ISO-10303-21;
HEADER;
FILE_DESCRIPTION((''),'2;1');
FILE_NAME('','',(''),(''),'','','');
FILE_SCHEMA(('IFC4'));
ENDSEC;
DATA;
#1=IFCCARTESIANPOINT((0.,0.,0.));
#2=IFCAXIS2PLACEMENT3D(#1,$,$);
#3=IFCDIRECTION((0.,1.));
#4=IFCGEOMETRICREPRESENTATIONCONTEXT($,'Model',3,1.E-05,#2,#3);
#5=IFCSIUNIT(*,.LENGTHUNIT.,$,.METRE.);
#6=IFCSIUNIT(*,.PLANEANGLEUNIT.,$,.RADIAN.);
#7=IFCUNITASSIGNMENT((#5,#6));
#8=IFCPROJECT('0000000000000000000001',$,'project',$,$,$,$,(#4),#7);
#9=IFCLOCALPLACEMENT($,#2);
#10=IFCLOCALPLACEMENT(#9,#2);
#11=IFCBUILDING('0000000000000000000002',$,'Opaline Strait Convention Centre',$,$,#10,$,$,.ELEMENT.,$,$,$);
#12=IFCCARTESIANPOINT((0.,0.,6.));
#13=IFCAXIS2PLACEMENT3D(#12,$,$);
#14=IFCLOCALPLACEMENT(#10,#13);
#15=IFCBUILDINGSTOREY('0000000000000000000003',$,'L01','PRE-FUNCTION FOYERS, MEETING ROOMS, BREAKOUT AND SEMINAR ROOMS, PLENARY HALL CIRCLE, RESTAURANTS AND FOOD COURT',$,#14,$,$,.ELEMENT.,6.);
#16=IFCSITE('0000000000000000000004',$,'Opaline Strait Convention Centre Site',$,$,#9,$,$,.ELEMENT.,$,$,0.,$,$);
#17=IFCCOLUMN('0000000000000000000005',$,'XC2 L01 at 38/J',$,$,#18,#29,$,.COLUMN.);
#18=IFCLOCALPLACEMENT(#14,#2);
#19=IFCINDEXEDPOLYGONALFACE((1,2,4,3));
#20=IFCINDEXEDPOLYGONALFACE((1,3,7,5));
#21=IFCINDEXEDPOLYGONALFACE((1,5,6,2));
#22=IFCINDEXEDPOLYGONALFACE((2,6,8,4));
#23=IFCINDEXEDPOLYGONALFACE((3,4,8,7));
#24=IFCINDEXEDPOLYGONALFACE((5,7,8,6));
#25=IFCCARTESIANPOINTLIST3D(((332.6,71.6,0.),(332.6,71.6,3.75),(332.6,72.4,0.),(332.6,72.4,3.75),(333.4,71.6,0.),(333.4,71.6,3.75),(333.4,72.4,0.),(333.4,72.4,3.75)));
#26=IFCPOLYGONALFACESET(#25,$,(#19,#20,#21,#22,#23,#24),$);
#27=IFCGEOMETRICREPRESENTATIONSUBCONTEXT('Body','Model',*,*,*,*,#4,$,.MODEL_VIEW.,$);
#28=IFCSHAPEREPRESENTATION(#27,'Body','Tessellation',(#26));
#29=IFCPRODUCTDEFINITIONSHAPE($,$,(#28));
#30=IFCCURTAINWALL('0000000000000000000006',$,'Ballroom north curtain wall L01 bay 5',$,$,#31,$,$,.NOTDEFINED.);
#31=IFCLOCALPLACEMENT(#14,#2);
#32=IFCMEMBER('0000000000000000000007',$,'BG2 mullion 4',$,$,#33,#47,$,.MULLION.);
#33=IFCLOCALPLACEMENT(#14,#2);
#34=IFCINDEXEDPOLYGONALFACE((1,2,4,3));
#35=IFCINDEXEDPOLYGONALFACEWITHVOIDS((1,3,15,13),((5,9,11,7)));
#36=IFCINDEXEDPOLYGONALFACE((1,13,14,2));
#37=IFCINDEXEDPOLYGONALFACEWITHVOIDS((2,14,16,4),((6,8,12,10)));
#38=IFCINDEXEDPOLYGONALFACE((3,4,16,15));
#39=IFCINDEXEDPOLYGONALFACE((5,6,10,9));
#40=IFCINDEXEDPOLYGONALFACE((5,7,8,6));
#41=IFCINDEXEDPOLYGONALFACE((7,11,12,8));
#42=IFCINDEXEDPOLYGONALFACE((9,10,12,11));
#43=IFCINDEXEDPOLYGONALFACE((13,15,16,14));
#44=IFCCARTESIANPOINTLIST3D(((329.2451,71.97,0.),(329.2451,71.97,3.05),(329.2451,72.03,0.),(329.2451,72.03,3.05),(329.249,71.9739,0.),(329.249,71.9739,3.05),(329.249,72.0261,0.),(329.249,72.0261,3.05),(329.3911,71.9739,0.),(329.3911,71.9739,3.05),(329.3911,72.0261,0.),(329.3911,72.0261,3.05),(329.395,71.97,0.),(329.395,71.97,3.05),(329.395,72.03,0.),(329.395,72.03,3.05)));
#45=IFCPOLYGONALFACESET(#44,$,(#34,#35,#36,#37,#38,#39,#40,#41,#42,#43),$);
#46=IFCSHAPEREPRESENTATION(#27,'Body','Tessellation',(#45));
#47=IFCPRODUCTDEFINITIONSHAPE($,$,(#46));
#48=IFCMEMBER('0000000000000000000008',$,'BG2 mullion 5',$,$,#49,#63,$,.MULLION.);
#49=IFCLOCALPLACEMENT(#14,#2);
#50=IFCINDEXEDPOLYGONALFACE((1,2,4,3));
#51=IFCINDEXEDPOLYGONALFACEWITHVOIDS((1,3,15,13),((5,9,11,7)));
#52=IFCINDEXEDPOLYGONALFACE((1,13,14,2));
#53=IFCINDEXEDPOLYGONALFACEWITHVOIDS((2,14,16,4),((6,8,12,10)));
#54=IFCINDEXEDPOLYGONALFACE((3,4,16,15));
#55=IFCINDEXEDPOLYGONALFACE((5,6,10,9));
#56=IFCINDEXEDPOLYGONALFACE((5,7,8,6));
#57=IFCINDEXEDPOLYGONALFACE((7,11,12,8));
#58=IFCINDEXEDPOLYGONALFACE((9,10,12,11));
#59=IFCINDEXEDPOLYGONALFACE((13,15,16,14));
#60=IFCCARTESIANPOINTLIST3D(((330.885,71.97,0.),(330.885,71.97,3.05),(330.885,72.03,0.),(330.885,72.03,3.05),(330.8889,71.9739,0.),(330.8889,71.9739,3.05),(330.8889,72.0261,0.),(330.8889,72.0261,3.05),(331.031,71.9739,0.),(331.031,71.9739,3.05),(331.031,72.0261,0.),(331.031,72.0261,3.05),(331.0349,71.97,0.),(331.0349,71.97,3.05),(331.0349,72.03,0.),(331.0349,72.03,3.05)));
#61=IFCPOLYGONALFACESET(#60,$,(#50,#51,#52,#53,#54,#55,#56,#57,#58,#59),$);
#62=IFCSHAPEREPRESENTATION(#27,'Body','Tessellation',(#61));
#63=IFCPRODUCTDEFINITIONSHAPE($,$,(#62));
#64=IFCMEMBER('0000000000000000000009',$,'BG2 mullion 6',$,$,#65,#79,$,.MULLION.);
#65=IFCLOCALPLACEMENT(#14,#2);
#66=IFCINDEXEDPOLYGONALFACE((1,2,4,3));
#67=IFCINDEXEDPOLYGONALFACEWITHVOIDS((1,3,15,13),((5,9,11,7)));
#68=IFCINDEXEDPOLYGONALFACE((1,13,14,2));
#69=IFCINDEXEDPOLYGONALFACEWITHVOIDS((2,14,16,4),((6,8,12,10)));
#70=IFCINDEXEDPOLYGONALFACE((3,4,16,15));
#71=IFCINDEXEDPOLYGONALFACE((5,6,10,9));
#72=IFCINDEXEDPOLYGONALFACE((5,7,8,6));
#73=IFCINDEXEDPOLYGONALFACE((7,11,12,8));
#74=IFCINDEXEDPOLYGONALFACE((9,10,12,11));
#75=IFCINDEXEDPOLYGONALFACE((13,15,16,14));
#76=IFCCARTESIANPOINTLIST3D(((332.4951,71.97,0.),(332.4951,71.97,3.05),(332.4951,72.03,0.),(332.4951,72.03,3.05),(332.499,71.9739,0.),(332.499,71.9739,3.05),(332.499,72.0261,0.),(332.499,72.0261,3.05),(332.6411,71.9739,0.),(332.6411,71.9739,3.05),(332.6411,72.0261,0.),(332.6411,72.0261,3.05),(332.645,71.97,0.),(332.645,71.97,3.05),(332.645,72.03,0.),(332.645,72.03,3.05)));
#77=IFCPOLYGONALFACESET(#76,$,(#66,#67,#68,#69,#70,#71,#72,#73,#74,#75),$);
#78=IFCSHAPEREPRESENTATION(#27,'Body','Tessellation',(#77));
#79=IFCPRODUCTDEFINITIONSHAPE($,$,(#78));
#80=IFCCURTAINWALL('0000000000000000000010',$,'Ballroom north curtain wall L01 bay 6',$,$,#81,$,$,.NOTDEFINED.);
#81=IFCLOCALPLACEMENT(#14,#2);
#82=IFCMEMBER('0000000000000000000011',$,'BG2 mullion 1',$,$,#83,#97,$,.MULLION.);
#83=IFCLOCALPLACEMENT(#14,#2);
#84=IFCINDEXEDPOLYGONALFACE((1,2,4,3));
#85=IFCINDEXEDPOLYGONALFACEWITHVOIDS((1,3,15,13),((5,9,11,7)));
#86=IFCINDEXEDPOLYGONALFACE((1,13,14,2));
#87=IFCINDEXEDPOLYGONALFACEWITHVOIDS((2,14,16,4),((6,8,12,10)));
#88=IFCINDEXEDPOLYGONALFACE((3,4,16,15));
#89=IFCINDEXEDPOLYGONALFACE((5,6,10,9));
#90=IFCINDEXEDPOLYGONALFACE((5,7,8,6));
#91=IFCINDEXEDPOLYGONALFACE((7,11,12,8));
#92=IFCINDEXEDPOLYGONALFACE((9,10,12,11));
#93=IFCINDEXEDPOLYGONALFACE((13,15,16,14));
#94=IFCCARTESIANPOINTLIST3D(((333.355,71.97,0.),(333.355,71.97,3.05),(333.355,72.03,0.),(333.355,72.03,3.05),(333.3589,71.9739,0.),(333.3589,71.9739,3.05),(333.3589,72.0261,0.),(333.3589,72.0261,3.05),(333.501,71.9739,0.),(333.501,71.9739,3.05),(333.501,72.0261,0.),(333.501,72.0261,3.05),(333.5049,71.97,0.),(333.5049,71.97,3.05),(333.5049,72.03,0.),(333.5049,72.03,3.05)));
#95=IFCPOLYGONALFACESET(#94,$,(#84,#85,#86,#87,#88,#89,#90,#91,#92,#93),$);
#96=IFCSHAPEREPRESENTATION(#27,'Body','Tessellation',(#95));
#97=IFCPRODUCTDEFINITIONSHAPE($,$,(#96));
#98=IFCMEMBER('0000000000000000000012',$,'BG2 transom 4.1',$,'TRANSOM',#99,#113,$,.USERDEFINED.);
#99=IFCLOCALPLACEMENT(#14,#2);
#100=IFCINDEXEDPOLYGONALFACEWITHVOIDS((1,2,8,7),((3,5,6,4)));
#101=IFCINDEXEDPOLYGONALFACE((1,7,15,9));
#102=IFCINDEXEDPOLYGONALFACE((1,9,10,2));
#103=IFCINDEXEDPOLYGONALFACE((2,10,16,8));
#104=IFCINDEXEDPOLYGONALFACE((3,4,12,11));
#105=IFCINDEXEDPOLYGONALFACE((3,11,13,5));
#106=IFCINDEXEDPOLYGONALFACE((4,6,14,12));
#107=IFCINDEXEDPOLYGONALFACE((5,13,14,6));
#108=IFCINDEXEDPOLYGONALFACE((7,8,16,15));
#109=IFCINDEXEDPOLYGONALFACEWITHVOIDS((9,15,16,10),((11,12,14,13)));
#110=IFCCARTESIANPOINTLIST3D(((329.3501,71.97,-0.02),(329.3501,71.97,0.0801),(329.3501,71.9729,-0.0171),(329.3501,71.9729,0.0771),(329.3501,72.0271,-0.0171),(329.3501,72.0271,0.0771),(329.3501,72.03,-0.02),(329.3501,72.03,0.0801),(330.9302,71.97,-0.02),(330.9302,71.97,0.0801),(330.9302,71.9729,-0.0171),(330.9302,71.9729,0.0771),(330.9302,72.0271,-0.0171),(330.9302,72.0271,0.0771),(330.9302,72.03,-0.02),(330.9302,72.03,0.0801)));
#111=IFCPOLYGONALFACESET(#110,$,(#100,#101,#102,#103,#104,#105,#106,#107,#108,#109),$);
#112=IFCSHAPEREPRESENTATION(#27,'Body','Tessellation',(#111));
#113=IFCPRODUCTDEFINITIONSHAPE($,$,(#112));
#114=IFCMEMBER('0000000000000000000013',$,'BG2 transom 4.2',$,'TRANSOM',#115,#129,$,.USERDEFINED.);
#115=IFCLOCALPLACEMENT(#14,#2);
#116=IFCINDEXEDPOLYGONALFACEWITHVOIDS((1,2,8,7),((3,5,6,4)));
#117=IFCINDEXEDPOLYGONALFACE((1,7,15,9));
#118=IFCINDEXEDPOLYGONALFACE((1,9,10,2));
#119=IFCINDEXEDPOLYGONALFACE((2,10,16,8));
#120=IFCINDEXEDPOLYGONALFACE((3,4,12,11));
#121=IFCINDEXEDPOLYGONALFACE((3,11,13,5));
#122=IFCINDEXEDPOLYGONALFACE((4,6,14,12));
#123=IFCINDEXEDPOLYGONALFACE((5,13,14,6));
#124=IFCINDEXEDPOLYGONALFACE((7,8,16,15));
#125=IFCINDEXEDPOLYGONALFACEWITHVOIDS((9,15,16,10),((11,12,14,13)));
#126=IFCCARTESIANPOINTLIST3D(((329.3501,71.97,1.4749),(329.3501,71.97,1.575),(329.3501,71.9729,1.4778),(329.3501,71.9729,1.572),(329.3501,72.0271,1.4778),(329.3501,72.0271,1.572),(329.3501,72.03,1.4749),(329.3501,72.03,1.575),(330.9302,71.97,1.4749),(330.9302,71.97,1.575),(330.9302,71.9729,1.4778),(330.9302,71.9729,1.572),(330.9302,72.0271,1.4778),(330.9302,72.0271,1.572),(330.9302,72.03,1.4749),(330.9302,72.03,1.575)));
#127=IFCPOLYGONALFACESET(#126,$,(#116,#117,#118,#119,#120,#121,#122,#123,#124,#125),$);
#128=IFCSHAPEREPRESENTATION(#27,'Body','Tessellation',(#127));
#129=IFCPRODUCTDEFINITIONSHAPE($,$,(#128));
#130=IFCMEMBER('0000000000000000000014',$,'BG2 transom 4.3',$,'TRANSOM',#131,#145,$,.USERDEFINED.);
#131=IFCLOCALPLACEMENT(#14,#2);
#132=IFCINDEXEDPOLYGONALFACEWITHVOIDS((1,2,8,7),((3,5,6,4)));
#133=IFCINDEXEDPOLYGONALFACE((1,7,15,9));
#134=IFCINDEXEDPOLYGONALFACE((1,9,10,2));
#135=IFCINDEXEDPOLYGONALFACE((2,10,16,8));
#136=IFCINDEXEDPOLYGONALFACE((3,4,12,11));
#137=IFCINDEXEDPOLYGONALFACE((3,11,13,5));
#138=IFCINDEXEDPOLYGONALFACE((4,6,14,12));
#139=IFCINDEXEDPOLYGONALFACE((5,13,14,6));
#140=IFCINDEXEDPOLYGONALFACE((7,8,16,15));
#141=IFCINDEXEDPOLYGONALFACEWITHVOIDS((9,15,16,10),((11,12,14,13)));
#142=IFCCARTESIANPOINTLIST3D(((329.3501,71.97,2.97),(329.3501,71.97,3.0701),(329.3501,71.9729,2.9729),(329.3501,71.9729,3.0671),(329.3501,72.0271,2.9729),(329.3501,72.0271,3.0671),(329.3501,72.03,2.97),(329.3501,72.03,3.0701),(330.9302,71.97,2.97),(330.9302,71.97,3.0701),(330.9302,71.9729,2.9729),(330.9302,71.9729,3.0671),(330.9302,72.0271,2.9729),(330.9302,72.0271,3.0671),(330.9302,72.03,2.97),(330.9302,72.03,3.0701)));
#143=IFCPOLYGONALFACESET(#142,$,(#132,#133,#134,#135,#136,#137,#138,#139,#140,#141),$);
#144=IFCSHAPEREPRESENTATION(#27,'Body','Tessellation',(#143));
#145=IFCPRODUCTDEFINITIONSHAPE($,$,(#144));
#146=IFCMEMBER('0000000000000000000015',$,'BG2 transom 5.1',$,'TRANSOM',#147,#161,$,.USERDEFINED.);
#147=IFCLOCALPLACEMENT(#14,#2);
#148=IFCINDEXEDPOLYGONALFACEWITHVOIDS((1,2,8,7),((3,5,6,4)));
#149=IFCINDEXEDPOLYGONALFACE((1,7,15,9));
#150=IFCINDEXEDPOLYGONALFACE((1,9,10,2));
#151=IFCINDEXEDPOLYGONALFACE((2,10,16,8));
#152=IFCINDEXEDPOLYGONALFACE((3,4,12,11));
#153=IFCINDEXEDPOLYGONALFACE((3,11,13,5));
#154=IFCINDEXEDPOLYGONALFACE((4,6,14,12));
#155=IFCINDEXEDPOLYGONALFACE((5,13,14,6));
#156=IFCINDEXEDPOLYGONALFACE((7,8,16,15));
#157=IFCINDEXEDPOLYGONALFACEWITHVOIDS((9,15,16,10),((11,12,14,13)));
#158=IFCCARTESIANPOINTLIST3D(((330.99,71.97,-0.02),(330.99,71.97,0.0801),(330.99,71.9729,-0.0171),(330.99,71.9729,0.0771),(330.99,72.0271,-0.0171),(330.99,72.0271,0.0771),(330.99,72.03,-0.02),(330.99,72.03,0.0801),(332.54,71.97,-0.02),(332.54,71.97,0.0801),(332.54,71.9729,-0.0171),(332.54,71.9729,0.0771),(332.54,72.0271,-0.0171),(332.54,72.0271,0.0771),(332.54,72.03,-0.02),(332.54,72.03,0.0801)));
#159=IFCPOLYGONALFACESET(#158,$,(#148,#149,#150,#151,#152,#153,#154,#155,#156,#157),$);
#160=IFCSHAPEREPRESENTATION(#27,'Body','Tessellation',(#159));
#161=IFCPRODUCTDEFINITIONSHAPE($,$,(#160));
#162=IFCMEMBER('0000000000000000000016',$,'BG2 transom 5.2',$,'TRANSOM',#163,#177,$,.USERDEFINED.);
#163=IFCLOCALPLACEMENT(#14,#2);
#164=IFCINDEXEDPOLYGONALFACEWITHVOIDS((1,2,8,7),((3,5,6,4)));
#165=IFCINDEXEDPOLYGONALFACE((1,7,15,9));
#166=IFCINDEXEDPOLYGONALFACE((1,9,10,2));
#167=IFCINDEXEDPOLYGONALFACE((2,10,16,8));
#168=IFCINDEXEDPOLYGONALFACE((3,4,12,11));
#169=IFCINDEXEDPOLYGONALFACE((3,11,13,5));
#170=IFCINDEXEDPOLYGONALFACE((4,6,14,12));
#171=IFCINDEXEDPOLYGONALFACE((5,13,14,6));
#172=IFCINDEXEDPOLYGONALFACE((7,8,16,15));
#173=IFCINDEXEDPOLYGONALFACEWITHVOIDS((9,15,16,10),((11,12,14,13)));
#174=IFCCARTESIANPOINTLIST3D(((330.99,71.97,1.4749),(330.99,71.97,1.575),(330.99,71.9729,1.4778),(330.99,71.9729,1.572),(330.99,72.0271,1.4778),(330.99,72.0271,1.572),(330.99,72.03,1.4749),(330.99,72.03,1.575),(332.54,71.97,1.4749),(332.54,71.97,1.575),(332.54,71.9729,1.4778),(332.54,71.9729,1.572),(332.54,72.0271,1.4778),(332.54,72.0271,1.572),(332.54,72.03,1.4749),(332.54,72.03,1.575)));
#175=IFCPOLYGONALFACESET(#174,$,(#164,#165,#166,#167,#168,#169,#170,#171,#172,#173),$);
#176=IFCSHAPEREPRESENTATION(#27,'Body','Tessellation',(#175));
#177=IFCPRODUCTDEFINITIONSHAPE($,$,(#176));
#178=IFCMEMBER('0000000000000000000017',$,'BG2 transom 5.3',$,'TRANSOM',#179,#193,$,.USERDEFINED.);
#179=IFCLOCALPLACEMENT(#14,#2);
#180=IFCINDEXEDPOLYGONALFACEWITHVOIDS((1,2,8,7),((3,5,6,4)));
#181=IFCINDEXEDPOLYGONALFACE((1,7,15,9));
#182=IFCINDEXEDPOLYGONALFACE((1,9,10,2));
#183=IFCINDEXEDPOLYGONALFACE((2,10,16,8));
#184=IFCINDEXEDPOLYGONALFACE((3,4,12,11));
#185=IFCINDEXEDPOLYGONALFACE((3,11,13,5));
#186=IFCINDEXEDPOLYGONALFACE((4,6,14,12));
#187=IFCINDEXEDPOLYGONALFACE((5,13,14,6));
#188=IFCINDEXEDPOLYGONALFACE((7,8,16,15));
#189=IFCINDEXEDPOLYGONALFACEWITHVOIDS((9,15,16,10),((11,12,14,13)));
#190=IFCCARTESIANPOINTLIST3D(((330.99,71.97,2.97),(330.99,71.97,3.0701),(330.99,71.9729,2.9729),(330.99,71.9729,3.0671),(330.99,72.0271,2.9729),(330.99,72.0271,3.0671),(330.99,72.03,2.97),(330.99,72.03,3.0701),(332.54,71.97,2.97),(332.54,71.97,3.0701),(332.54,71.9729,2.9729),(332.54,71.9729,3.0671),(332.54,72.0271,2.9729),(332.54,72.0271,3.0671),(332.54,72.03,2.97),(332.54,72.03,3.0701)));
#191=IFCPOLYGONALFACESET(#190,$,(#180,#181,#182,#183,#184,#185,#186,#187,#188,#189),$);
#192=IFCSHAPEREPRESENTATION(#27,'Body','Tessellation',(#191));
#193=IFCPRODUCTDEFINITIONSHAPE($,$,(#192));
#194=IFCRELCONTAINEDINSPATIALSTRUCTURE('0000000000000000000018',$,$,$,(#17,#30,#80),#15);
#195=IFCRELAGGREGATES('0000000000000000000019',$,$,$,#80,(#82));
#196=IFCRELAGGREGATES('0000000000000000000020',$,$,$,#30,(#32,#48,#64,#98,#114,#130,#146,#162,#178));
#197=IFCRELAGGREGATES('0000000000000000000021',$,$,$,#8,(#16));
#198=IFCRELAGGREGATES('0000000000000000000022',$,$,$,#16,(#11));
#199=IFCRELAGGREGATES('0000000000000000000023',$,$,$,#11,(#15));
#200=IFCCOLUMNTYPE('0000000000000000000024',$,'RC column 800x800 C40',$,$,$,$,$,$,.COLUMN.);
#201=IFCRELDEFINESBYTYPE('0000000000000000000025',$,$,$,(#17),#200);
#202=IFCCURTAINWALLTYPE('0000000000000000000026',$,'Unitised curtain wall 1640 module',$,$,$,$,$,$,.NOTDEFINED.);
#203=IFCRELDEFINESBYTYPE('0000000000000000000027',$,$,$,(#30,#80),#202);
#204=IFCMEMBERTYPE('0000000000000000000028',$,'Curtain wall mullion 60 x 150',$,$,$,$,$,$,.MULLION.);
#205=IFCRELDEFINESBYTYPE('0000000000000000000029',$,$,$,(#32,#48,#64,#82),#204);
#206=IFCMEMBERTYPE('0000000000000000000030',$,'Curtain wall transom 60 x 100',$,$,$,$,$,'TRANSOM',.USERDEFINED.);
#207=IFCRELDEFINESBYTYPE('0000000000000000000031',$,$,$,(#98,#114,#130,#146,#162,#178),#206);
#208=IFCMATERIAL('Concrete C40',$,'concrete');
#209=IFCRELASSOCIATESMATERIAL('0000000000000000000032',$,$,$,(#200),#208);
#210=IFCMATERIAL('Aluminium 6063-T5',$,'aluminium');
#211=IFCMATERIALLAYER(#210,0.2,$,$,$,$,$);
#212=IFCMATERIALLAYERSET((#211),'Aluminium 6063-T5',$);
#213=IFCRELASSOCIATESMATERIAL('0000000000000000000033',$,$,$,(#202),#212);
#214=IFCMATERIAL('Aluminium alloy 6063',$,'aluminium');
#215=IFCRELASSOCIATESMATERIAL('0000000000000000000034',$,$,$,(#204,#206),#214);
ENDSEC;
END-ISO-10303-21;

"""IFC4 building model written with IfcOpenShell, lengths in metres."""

from ifc_helpers import new_model, si_unit, direction, frame, origin, origin_2d, place, context, subcontext, project, spatial, rectangle, hollow_rectangle, extrude, material, layer, layer_set, material_profile, profile_set, type_object, element, aggregate, save


model = new_model("IFC4")

# Units and contexts
model_context = context("Model", 3, precision=1e-05, world=origin(), true_north=direction((0.0, 1.0)))
body_context = subcontext(model_context, "Body", "Model", "MODEL_VIEW")
ifc_project = project(units=[si_unit("LENGTHUNIT", "METRE"), si_unit("PLANEANGLEUNIT", "RADIAN")], contexts=[model_context])

# Site, building, storey
site_placement = place(None, origin())
site = spatial("IfcSite", under=ifc_project, at=site_placement, Name="Opaline Strait Convention Centre Site", CompositionType="ELEMENT", RefElevation=0.0)
building_placement = place(site_placement, origin())
building = spatial("IfcBuilding", under=site, at=building_placement, Name="Opaline Strait Convention Centre", CompositionType="ELEMENT")
storey_placement = place(building_placement, frame((0.0, 0.0, 6.0)))
storey = spatial("IfcBuildingStorey", under=building, at=storey_placement, Name="L01", Description="PRE-FUNCTION FOYERS, MEETING ROOMS, BREAKOUT AND SEMINAR ROOMS, PLENARY HALL CIRCLE, RESTAURANTS AND FOOD COURT", CompositionType="ELEMENT", Elevation=6.0)

# Column
ifc_material_1 = material(Name="Concrete C40", Category="concrete")
ifc_material_profile_1 = material_profile(ifc_material_1, rectangle(XDim=0.8, YDim=0.8, at=origin_2d()), Name="RC 800x800")
ifc_profile_set_1 = profile_set([ifc_material_profile_1], Name="Concrete C40")
column_type = type_object("IfcColumnType", Name="RC column 800x800 C40", PredefinedType="COLUMN", material=ifc_profile_set_1)
column_placement = place(storey_placement, frame((333.0, 72.0, 0.0), z_axis=(0.0, 0.0, 1.0), x_axis=(1.0, 0.0, 0.0)))
element("IfcColumn", 1, at=column_placement, inside=storey, type_object=column_type, Name="XC2 L01 at 38/J", PredefinedType="COLUMN", context=body_context, shape_type="SweptSolid", body=[
    extrude(rectangle(XDim=0.8, YDim=0.8, at=origin_2d()), origin(), (0.0, 0.0, 1.0), 3.75),
])

# Curtain wall, members
ifc_material_2 = material(Name="Aluminium 6063-T5", Category="aluminium")
ifc_layer_1 = layer(ifc_material_2, 0.2)
ifc_layer_set_1 = layer_set([ifc_layer_1], Name="Aluminium 6063-T5")
curtain_wall_type = type_object("IfcCurtainWallType", Name="Unitised curtain wall 1640 module", PredefinedType="NOTDEFINED", material=ifc_layer_set_1)
curtain_wall_1_placement = place(storey_placement, origin())
curtain_wall_1 = element("IfcCurtainWall", 2, at=curtain_wall_1_placement, inside=storey, type_object=curtain_wall_type, Name="Ballroom north curtain wall L01 bay 5", PredefinedType="NOTDEFINED")
ifc_material_3 = material(Name="Aluminium alloy 6063", Category="aluminium")
ifc_material_profile_2 = material_profile(ifc_material_3, hollow_rectangle(XDim=0.0601, YDim=0.1499, WallThickness=0.0039, at=origin_2d()), Name="MULLION 60x150x4")
ifc_profile_set_2 = profile_set([ifc_material_profile_2], Name="Aluminium alloy 6063")
member_type_1 = type_object("IfcMemberType", Name="Curtain wall mullion 60 x 150", PredefinedType="MULLION", material=ifc_profile_set_2)
member_1_placement = place(storey_placement, frame((329.3201, 72.0, 0.0), z_axis=(0.0, 0.0, 1.0), x_axis=(0.0, 1.0, 0.0)))
member_1 = element("IfcMember", 3, at=member_1_placement, type_object=member_type_1, Name="BG2 mullion 4", PredefinedType="MULLION", context=body_context, shape_type="SweptSolid", body=[
    extrude(hollow_rectangle(XDim=0.0601, YDim=0.1499, WallThickness=0.0039, at=origin_2d()), origin(), (0.0, 0.0, 1.0), 3.05),
])
member_2_placement = place(storey_placement, frame((330.96, 72.0, 0.0), z_axis=(0.0, 0.0, 1.0), x_axis=(0.0, 1.0, 0.0)))
member_2 = element("IfcMember", 4, at=member_2_placement, type_object=member_type_1, Name="BG2 mullion 5", PredefinedType="MULLION", context=body_context, shape_type="SweptSolid", body=[
    extrude(hollow_rectangle(XDim=0.0601, YDim=0.1499, WallThickness=0.0039, at=origin_2d()), origin(), (0.0, 0.0, 1.0), 3.05),
])
member_3_placement = place(storey_placement, frame((332.5701, 72.0, 0.0), z_axis=(0.0, 0.0, 1.0), x_axis=(0.0, 1.0, 0.0)))
member_3 = element("IfcMember", 5, at=member_3_placement, type_object=member_type_1, Name="BG2 mullion 6", PredefinedType="MULLION", context=body_context, shape_type="SweptSolid", body=[
    extrude(hollow_rectangle(XDim=0.0601, YDim=0.1499, WallThickness=0.0039, at=origin_2d()), origin(), (0.0, 0.0, 1.0), 3.05),
])

# Curtain wall, member
curtain_wall_2_placement = place(storey_placement, origin())
curtain_wall_2 = element("IfcCurtainWall", 6, at=curtain_wall_2_placement, inside=storey, type_object=curtain_wall_type, Name="Ballroom north curtain wall L01 bay 6", PredefinedType="NOTDEFINED")
member_4_placement = place(storey_placement, frame((333.4299, 72.0, 0.0), z_axis=(0.0, 0.0, 1.0), x_axis=(0.0, 1.0, 0.0)))
member_4 = element("IfcMember", 7, at=member_4_placement, type_object=member_type_1, Name="BG2 mullion 1", PredefinedType="MULLION", context=body_context, shape_type="SweptSolid", body=[
    extrude(hollow_rectangle(XDim=0.0601, YDim=0.1499, WallThickness=0.0039, at=origin_2d()), origin(), (0.0, 0.0, 1.0), 3.05),
])

# Members
ifc_material_profile_3 = material_profile(ifc_material_3, hollow_rectangle(XDim=0.0601, YDim=0.1001, WallThickness=0.0029, at=origin_2d()), Name="TRANSOM 60x100x3")
ifc_profile_set_3 = profile_set([ifc_material_profile_3], Name="Aluminium alloy 6063")
member_type_2 = type_object("IfcMemberType", Name="Curtain wall transom 60 x 100", ElementType="TRANSOM", PredefinedType="USERDEFINED", material=ifc_profile_set_3)
member_5_placement = place(storey_placement, frame((329.3501, 72.0, 0.03), z_axis=(1.0, 0.0, 0.0), x_axis=(0.0, 1.0, 0.0)))
member_5 = element("IfcMember", 8, at=member_5_placement, type_object=member_type_2, Name="BG2 transom 4.1", ObjectType="TRANSOM", PredefinedType="USERDEFINED", context=body_context, shape_type="SweptSolid", body=[
    extrude(hollow_rectangle(XDim=0.0601, YDim=0.1001, WallThickness=0.0029, at=origin_2d()), origin(), (0.0, 0.0, 1.0), 1.5801),
])
member_6_placement = place(storey_placement, frame((329.3501, 72.0, 1.5249), z_axis=(1.0, 0.0, 0.0), x_axis=(0.0, 1.0, 0.0)))
member_6 = element("IfcMember", 9, at=member_6_placement, type_object=member_type_2, Name="BG2 transom 4.2", ObjectType="TRANSOM", PredefinedType="USERDEFINED", context=body_context, shape_type="SweptSolid", body=[
    extrude(hollow_rectangle(XDim=0.0601, YDim=0.1001, WallThickness=0.0029, at=origin_2d()), origin(), (0.0, 0.0, 1.0), 1.5801),
])
member_7_placement = place(storey_placement, frame((329.3501, 72.0, 3.02), z_axis=(1.0, 0.0, 0.0), x_axis=(0.0, 1.0, 0.0)))
member_7 = element("IfcMember", 10, at=member_7_placement, type_object=member_type_2, Name="BG2 transom 4.3", ObjectType="TRANSOM", PredefinedType="USERDEFINED", context=body_context, shape_type="SweptSolid", body=[
    extrude(hollow_rectangle(XDim=0.0601, YDim=0.1001, WallThickness=0.0029, at=origin_2d()), origin(), (0.0, 0.0, 1.0), 1.5801),
])
member_8_placement = place(storey_placement, frame((330.99, 72.0, 0.03), z_axis=(1.0, 0.0, 0.0), x_axis=(0.0, 1.0, 0.0)))
member_8 = element("IfcMember", 11, at=member_8_placement, type_object=member_type_2, Name="BG2 transom 5.1", ObjectType="TRANSOM", PredefinedType="USERDEFINED", context=body_context, shape_type="SweptSolid", body=[
    extrude(hollow_rectangle(XDim=0.0601, YDim=0.1001, WallThickness=0.0029, at=origin_2d()), origin(), (0.0, 0.0, 1.0), 1.55),
])
member_9_placement = place(storey_placement, frame((330.99, 72.0, 1.5249), z_axis=(1.0, 0.0, 0.0), x_axis=(0.0, 1.0, 0.0)))
member_9 = element("IfcMember", 12, at=member_9_placement, type_object=member_type_2, Name="BG2 transom 5.2", ObjectType="TRANSOM", PredefinedType="USERDEFINED", context=body_context, shape_type="SweptSolid", body=[
    extrude(hollow_rectangle(XDim=0.0601, YDim=0.1001, WallThickness=0.0029, at=origin_2d()), origin(), (0.0, 0.0, 1.0), 1.55),
])
member_10_placement = place(storey_placement, frame((330.99, 72.0, 3.02), z_axis=(1.0, 0.0, 0.0), x_axis=(0.0, 1.0, 0.0)))
member_10 = element("IfcMember", 13, at=member_10_placement, type_object=member_type_2, Name="BG2 transom 5.3", ObjectType="TRANSOM", PredefinedType="USERDEFINED", context=body_context, shape_type="SweptSolid", body=[
    extrude(hollow_rectangle(XDim=0.0601, YDim=0.1001, WallThickness=0.0029, at=origin_2d()), origin(), (0.0, 0.0, 1.0), 1.55),
])
aggregate(curtain_wall_2, [member_4])

aggregate(curtain_wall_1, [member_1, member_2, member_3, member_5, member_6, member_7, member_8, member_9, member_10])

save(model, "model.ifc")
